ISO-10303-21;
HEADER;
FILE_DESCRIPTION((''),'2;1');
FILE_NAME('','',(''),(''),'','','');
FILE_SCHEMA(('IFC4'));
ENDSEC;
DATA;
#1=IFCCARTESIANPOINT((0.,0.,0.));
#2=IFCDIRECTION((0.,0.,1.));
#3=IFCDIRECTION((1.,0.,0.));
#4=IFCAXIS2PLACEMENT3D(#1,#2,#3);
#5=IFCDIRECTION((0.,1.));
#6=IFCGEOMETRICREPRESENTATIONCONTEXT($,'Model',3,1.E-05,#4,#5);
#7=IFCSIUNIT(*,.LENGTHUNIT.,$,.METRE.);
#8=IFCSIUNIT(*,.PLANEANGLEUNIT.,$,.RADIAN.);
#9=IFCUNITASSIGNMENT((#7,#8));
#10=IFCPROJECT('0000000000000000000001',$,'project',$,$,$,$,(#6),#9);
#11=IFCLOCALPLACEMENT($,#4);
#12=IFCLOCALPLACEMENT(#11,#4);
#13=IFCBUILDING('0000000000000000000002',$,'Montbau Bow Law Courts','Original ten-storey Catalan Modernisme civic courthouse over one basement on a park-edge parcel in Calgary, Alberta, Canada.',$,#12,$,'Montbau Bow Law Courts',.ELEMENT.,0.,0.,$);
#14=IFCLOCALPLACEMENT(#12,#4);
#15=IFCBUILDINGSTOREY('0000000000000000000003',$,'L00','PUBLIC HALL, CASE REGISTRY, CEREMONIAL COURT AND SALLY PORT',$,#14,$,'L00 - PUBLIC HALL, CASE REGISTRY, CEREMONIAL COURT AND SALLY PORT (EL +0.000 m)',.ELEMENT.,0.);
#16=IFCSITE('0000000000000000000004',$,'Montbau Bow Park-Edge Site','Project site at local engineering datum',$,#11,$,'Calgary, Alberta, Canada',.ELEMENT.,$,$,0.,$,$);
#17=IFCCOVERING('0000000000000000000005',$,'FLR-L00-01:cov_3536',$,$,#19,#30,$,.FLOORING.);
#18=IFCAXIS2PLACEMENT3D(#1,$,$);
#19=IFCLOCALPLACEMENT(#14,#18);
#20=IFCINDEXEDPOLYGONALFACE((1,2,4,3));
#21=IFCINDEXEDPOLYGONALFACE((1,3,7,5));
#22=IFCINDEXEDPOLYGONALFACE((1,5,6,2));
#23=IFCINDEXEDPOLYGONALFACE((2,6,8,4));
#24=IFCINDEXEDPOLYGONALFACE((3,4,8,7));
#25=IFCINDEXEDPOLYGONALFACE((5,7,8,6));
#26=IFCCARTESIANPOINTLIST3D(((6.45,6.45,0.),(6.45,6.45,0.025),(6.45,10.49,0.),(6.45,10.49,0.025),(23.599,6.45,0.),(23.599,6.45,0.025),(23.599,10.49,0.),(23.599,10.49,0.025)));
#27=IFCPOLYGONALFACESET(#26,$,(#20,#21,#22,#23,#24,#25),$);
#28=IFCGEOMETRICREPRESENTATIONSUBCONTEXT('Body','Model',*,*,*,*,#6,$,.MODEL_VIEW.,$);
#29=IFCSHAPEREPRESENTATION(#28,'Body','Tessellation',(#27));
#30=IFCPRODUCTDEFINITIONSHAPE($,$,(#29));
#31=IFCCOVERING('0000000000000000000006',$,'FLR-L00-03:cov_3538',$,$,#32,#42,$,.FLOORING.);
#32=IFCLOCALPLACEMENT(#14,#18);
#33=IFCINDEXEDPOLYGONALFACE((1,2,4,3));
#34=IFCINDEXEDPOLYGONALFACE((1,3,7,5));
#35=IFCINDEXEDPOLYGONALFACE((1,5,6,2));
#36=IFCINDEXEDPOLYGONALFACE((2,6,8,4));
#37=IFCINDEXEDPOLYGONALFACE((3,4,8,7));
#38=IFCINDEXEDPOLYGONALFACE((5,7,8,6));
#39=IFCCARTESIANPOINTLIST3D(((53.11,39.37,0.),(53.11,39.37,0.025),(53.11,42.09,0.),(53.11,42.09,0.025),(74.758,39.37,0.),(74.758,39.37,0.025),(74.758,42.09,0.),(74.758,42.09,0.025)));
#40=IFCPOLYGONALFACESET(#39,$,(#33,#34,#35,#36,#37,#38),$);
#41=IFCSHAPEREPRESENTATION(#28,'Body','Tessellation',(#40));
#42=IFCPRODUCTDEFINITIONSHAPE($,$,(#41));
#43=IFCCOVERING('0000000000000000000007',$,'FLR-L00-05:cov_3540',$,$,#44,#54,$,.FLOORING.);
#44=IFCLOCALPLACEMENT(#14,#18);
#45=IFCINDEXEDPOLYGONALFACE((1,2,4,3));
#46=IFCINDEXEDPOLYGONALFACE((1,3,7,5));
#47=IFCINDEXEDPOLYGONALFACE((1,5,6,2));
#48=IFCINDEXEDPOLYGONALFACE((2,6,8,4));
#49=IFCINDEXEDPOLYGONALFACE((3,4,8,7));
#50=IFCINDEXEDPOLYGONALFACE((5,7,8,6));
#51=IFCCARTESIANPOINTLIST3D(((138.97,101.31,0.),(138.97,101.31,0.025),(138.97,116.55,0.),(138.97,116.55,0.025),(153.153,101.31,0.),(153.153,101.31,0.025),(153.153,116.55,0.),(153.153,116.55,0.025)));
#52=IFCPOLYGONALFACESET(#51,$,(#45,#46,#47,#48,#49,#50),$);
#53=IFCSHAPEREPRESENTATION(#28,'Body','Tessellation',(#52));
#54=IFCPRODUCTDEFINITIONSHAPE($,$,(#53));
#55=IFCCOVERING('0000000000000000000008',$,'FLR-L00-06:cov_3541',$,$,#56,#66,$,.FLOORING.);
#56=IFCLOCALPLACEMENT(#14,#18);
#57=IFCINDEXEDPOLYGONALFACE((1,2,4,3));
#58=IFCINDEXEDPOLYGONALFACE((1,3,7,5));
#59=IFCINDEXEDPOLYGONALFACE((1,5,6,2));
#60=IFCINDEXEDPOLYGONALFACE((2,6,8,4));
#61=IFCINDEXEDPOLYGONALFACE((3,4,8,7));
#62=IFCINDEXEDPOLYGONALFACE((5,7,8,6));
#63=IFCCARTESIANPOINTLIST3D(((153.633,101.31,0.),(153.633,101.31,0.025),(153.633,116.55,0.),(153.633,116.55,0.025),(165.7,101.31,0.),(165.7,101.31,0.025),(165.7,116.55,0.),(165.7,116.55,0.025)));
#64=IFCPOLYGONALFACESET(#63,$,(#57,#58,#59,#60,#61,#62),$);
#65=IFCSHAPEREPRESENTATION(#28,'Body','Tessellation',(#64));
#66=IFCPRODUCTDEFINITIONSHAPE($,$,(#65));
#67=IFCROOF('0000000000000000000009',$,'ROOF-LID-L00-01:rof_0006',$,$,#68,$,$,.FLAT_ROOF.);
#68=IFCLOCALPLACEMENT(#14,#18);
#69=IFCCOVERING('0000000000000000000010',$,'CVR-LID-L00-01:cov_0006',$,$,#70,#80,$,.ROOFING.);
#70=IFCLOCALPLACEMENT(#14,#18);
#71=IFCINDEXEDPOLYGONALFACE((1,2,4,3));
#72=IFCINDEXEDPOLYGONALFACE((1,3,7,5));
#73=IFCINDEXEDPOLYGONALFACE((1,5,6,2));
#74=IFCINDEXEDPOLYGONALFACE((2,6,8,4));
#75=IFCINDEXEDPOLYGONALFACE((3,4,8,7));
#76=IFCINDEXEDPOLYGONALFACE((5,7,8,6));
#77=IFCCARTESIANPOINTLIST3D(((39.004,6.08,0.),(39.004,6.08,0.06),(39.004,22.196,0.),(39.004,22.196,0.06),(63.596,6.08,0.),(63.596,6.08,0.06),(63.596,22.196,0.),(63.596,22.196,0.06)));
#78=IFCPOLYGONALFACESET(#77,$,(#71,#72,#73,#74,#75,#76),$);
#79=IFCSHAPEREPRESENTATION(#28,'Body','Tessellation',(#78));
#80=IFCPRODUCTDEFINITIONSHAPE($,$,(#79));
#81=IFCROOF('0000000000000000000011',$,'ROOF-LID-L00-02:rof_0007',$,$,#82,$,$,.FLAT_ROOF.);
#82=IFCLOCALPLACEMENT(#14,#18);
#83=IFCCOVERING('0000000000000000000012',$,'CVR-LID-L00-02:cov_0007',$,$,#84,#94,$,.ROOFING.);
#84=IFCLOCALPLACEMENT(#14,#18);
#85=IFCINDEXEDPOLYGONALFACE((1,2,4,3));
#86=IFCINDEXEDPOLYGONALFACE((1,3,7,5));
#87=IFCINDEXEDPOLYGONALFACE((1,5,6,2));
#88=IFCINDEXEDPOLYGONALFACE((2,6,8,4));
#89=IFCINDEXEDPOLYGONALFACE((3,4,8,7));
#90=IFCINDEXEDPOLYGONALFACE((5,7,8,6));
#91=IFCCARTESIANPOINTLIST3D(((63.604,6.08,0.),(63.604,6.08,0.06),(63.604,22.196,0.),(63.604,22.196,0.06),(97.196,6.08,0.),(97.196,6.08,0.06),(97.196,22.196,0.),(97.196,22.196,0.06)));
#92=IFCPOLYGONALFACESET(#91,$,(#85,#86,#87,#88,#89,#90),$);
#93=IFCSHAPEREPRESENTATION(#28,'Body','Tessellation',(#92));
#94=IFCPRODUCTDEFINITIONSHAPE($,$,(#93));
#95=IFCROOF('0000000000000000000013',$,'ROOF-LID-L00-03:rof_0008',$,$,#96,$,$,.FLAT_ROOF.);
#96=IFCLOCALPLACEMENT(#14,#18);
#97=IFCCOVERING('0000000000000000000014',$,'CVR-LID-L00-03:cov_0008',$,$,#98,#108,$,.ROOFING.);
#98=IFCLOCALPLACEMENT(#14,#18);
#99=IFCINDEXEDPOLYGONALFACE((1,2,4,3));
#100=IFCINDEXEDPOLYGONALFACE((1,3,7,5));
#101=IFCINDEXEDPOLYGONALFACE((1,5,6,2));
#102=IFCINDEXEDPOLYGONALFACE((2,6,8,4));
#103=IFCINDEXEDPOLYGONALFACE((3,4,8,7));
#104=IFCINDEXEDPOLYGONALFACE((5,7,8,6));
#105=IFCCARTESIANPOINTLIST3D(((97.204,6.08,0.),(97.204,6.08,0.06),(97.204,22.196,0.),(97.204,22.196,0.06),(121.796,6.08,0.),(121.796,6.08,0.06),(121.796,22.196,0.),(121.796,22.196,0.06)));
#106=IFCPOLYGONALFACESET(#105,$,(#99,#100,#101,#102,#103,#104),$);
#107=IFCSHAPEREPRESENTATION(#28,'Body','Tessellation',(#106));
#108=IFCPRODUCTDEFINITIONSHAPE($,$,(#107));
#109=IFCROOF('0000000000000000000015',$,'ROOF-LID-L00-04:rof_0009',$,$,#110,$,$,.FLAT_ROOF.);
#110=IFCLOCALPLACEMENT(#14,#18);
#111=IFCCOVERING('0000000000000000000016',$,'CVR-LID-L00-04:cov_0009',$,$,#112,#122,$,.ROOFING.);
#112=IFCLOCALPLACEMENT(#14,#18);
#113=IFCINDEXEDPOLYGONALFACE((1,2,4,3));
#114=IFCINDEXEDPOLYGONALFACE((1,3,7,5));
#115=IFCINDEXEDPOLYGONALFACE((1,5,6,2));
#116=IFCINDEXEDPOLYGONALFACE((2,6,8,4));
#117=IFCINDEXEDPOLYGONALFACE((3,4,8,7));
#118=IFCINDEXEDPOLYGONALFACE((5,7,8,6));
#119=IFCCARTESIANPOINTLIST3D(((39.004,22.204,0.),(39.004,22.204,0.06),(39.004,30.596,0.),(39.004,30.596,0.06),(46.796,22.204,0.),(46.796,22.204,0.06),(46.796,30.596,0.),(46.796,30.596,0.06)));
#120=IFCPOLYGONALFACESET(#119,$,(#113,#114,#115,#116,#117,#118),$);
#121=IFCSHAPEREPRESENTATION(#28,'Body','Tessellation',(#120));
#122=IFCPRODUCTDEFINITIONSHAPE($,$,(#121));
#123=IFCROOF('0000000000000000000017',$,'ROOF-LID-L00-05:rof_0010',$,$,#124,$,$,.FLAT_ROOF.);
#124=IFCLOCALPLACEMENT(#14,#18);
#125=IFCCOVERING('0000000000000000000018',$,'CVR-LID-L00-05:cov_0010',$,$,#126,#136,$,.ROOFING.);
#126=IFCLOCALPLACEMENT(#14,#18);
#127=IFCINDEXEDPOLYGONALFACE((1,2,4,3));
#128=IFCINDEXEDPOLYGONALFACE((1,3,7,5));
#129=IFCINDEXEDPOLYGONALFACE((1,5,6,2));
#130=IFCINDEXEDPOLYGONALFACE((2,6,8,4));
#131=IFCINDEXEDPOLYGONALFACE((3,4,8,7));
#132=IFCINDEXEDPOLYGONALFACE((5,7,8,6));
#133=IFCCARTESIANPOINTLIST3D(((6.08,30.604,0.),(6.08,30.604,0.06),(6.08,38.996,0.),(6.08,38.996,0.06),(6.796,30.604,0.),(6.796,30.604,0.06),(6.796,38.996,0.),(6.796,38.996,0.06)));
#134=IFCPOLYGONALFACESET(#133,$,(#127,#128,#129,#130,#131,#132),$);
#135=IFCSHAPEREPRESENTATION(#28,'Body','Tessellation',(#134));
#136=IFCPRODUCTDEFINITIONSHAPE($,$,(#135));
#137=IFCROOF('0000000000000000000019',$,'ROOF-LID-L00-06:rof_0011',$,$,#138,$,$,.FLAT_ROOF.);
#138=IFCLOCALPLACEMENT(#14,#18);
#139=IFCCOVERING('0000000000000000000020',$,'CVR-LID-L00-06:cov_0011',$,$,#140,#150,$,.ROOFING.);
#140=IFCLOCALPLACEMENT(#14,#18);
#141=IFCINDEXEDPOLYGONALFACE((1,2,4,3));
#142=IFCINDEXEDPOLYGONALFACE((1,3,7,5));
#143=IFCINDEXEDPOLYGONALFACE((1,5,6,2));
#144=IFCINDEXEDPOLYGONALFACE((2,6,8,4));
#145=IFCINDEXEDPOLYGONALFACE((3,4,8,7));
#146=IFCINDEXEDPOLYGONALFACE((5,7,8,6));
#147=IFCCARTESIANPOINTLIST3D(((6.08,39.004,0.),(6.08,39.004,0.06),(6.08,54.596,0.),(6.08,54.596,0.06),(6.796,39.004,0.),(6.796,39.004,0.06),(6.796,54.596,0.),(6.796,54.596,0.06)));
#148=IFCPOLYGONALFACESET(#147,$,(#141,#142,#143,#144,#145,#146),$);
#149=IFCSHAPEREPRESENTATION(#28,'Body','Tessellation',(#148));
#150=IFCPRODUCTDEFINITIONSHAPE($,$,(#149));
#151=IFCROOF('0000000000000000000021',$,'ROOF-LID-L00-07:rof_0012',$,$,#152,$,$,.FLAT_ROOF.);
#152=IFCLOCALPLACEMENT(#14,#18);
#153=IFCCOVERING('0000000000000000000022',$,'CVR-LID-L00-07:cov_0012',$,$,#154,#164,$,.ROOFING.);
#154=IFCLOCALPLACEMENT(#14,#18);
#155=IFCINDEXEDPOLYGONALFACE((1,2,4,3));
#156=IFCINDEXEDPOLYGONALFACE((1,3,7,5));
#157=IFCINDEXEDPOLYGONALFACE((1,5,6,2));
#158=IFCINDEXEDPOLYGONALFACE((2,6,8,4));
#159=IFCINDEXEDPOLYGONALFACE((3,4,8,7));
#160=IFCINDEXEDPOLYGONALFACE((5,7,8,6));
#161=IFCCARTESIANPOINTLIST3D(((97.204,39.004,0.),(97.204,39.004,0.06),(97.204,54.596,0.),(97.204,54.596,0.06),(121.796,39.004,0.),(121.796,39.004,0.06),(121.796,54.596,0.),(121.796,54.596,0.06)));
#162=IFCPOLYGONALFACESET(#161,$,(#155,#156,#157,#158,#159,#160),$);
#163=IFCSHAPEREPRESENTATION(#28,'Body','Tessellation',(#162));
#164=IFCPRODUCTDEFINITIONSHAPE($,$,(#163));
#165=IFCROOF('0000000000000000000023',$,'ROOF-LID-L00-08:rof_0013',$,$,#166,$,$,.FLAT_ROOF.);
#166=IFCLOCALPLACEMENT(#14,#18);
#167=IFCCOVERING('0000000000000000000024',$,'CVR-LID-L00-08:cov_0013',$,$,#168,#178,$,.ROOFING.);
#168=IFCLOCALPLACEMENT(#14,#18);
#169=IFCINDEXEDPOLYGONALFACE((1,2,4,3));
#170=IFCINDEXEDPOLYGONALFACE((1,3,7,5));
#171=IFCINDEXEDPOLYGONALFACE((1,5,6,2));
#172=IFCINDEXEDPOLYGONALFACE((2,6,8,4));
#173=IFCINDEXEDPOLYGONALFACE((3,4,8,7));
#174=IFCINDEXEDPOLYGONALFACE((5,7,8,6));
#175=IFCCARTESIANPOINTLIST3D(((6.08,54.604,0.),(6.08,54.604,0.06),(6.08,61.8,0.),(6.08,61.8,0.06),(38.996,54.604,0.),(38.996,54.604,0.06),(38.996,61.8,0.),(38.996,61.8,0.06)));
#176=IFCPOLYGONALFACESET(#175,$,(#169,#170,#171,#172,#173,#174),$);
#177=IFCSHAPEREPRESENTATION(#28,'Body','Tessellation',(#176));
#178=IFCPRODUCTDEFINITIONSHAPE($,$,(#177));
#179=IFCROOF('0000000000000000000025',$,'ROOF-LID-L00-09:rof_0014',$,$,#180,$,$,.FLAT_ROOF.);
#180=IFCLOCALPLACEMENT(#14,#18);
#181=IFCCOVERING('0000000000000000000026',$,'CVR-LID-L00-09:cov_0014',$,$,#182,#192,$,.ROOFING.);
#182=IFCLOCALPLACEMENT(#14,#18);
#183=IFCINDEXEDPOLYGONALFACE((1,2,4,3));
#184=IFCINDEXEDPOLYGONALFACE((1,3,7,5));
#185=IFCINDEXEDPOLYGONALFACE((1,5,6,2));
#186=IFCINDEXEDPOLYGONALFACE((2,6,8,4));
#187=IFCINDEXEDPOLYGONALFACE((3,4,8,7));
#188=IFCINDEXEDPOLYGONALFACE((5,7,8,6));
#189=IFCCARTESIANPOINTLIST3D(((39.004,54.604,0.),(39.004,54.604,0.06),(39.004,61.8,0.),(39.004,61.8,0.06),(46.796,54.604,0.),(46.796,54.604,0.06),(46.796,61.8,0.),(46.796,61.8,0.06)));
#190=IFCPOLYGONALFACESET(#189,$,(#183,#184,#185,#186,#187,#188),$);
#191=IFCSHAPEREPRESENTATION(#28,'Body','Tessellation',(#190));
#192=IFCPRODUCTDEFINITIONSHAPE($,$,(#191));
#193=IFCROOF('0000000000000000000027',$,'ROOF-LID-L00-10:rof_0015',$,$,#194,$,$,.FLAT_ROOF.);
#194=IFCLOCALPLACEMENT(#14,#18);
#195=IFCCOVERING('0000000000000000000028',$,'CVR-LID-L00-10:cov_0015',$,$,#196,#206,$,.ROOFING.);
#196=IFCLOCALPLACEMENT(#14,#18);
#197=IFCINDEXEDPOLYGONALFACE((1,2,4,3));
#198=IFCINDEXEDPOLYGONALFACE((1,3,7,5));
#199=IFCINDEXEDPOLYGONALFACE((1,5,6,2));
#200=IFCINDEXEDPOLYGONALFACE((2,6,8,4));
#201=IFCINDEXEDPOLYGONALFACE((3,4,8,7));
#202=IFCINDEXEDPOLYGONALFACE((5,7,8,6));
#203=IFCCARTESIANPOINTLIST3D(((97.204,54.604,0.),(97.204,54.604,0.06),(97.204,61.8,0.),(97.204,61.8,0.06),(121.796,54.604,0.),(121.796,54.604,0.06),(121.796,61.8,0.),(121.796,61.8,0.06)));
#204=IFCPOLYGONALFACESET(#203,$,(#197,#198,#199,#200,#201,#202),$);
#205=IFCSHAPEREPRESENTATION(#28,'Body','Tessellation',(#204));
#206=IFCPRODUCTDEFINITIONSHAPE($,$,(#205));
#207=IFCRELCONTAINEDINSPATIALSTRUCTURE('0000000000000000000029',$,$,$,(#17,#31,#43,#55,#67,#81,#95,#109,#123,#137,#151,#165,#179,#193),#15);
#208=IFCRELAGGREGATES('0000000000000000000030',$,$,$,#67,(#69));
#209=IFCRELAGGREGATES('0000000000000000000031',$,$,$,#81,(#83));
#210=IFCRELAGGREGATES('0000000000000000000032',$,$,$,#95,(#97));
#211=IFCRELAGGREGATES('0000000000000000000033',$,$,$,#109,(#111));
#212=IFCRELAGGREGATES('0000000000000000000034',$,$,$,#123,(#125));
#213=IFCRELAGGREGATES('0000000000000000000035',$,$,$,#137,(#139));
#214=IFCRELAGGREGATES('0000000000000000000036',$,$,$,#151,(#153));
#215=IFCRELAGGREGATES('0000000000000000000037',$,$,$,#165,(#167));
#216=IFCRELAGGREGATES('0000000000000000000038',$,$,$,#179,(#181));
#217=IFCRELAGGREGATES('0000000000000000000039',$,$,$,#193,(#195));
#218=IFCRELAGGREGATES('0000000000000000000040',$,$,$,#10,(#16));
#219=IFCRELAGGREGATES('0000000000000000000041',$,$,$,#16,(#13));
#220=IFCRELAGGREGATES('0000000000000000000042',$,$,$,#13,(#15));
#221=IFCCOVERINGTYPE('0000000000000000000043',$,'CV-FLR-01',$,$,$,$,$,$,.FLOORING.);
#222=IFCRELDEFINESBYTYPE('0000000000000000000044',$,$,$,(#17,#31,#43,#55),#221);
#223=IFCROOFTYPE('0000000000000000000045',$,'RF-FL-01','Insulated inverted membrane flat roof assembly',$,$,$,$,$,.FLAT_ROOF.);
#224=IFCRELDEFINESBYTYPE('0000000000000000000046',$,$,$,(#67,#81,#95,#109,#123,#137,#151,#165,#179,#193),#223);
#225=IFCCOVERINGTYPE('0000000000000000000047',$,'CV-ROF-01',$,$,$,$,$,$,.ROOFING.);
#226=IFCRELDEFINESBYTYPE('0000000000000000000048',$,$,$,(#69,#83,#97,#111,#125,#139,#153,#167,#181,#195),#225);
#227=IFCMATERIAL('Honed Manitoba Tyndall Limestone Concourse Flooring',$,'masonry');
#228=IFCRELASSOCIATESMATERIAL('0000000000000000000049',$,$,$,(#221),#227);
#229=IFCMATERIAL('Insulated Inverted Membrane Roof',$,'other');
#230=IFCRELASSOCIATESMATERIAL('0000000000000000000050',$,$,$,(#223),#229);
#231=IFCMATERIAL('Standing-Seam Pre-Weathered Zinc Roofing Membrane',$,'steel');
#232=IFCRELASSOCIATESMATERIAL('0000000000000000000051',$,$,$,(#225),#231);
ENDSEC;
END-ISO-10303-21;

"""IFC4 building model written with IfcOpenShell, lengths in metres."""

from ifc_helpers import new_model, si_unit, direction, frame, origin_with_axes, place, context, subcontext, project, spatial, polyline, outline, extrude, material, type_object, element, aggregate, save


model = new_model("IFC4")

# Units and contexts
model_context = context("Model", 3, precision=1e-05, world=origin_with_axes(), true_north=direction((0.0, 1.0)))
body_context = subcontext(model_context, "Body", "Model", "MODEL_VIEW")
ifc_project = project(units=[si_unit("LENGTHUNIT", "METRE"), si_unit("PLANEANGLEUNIT", "RADIAN")], contexts=[model_context])

# Site, building, storey
site_placement = place(None, origin_with_axes())
site = spatial("IfcSite", under=ifc_project, at=site_placement, Name="Montbau Bow Park-Edge Site", Description="Project site at local engineering datum", LongName="Calgary, Alberta, Canada", CompositionType="ELEMENT", RefElevation=0.0)
building_placement = place(site_placement, origin_with_axes())
building = spatial("IfcBuilding", under=site, at=building_placement, Name="Montbau Bow Law Courts", Description="Original ten-storey Catalan Modernisme civic courthouse over one basement on a park-edge parcel in Calgary, Alberta, Canada.", LongName="Montbau Bow Law Courts", CompositionType="ELEMENT", ElevationOfRefHeight=0.0, ElevationOfTerrain=0.0)
storey_placement = place(building_placement, origin_with_axes())
storey = spatial("IfcBuildingStorey", under=building, at=storey_placement, Name="L00", Description="PUBLIC HALL, CASE REGISTRY, CEREMONIAL COURT AND SALLY PORT", LongName="L00 - PUBLIC HALL, CASE REGISTRY, CEREMONIAL COURT AND SALLY PORT (EL +0.000 m)", CompositionType="ELEMENT", Elevation=0.0)

# Coverings
ifc_material_1 = material(Name="Honed Manitoba Tyndall Limestone Concourse Flooring", Category="masonry")
covering_type_1 = type_object("IfcCoveringType", Name="CV-FLR-01", PredefinedType="FLOORING", material=ifc_material_1)
covering_1_placement = place(None, origin_with_axes())
element("IfcCovering", 1, at=covering_1_placement, inside=storey, type_object=covering_type_1, Name="FLR-L00-01:cov_3536", PredefinedType="FLOORING", context=body_context, shape_type="SweptSolid", body=[
    extrude(outline(polyline([(6.45, 6.45), (6.45, 10.49), (23.599, 10.49), (23.599, 6.45), (6.45, 6.45)])), origin_with_axes(), (0.0, 0.0, 1.0), 0.025),
])
covering_2_placement = place(None, origin_with_axes())
element("IfcCovering", 2, at=covering_2_placement, inside=storey, type_object=covering_type_1, Name="FLR-L00-03:cov_3538", PredefinedType="FLOORING", context=body_context, shape_type="SweptSolid", body=[
    extrude(outline(polyline([(53.11, 39.37), (53.11, 42.09), (74.758, 42.09), (74.758, 39.37), (53.11, 39.37)])), origin_with_axes(), (0.0, 0.0, 1.0), 0.025),
])
covering_3_placement = place(None, origin_with_axes())
element("IfcCovering", 3, at=covering_3_placement, inside=storey, type_object=covering_type_1, Name="FLR-L00-05:cov_3540", PredefinedType="FLOORING", context=body_context, shape_type="SweptSolid", body=[
    extrude(outline(polyline([(138.97, 116.55), (153.153, 116.55), (153.153, 101.31), (138.97, 101.31), (138.97, 116.55)])), origin_with_axes(), (0.0, 0.0, 1.0), 0.025),
])
covering_4_placement = place(None, origin_with_axes())
element("IfcCovering", 4, at=covering_4_placement, inside=storey, type_object=covering_type_1, Name="FLR-L00-06:cov_3541", PredefinedType="FLOORING", context=body_context, shape_type="SweptSolid", body=[
    extrude(outline(polyline([(153.633, 116.55), (165.7, 116.55), (165.7, 101.31), (153.633, 101.31), (153.633, 116.55)])), origin_with_axes(), (0.0, 0.0, 1.0), 0.025),
])

# Roofs, coverings
ifc_material_2 = material(Name="Insulated Inverted Membrane Roof", Category="other")
roof_type = type_object("IfcRoofType", Name="RF-FL-01", Description="Insulated inverted membrane flat roof assembly", PredefinedType="FLAT_ROOF", material=ifc_material_2)
roof_1_placement = place(None, frame((39.004, 6.08, 0.0), z_axis=(0.0, 0.0, 1.0), x_axis=(1.0, 0.0, 0.0)))
roof_1 = element("IfcRoof", 5, at=roof_1_placement, inside=storey, type_object=roof_type, Name="ROOF-LID-L00-01:rof_0006", PredefinedType="FLAT_ROOF")
ifc_material_3 = material(Name="Standing-Seam Pre-Weathered Zinc Roofing Membrane", Category="steel")
covering_type_2 = type_object("IfcCoveringType", Name="CV-ROF-01", PredefinedType="ROOFING", material=ifc_material_3)
covering_5_placement = place(None, origin_with_axes())
covering_5 = element("IfcCovering", 6, at=covering_5_placement, type_object=covering_type_2, Name="CVR-LID-L00-01:cov_0006", PredefinedType="ROOFING", context=body_context, shape_type="SweptSolid", body=[
    extrude(outline(polyline([(39.004, 22.196), (63.596, 22.196), (63.596, 6.08), (39.004, 6.08), (39.004, 22.196)])), origin_with_axes(), (0.0, 0.0, 1.0), 0.06),
])
aggregate(roof_1, [covering_5])
roof_2_placement = place(None, frame((63.604, 6.08, 0.0), z_axis=(0.0, 0.0, 1.0), x_axis=(1.0, 0.0, 0.0)))
roof_2 = element("IfcRoof", 7, at=roof_2_placement, inside=storey, type_object=roof_type, Name="ROOF-LID-L00-02:rof_0007", PredefinedType="FLAT_ROOF")
covering_6_placement = place(None, origin_with_axes())
covering_6 = element("IfcCovering", 8, at=covering_6_placement, type_object=covering_type_2, Name="CVR-LID-L00-02:cov_0007", PredefinedType="ROOFING", context=body_context, shape_type="SweptSolid", body=[
    extrude(outline(polyline([(63.604, 6.08), (63.604, 22.196), (97.196, 22.196), (97.196, 6.08), (63.604, 6.08)])), origin_with_axes(), (0.0, 0.0, 1.0), 0.06),
])
aggregate(roof_2, [covering_6])
roof_3_placement = place(None, frame((97.204, 6.08, 0.0), z_axis=(0.0, 0.0, 1.0), x_axis=(1.0, 0.0, 0.0)))
roof_3 = element("IfcRoof", 9, at=roof_3_placement, inside=storey, type_object=roof_type, Name="ROOF-LID-L00-03:rof_0008", PredefinedType="FLAT_ROOF")
covering_7_placement = place(None, origin_with_axes())
covering_7 = element("IfcCovering", 10, at=covering_7_placement, type_object=covering_type_2, Name="CVR-LID-L00-03:cov_0008", PredefinedType="ROOFING", context=body_context, shape_type="SweptSolid", body=[
    extrude(outline(polyline([(121.796, 6.08), (97.204, 6.08), (97.204, 22.196), (121.796, 22.196), (121.796, 6.08)])), origin_with_axes(), (0.0, 0.0, 1.0), 0.06),
])
aggregate(roof_3, [covering_7])
roof_4_placement = place(None, frame((39.004, 22.204, 0.0), z_axis=(0.0, 0.0, 1.0), x_axis=(1.0, 0.0, 0.0)))
roof_4 = element("IfcRoof", 11, at=roof_4_placement, inside=storey, type_object=roof_type, Name="ROOF-LID-L00-04:rof_0009", PredefinedType="FLAT_ROOF")
covering_8_placement = place(None, origin_with_axes())
covering_8 = element("IfcCovering", 12, at=covering_8_placement, type_object=covering_type_2, Name="CVR-LID-L00-04:cov_0009", PredefinedType="ROOFING", context=body_context, shape_type="SweptSolid", body=[
    extrude(outline(polyline([(39.004, 30.596), (46.796, 30.596), (46.796, 22.204), (39.004, 22.204), (39.004, 30.596)])), origin_with_axes(), (0.0, 0.0, 1.0), 0.06),
])
aggregate(roof_4, [covering_8])
roof_5_placement = place(None, frame((6.08, 30.604, 0.0), z_axis=(0.0, 0.0, 1.0), x_axis=(1.0, 0.0, 0.0)))
roof_5 = element("IfcRoof", 13, at=roof_5_placement, inside=storey, type_object=roof_type, Name="ROOF-LID-L00-05:rof_0010", PredefinedType="FLAT_ROOF")
covering_9_placement = place(None, origin_with_axes())
covering_9 = element("IfcCovering", 14, at=covering_9_placement, type_object=covering_type_2, Name="CVR-LID-L00-05:cov_0010", PredefinedType="ROOFING", context=body_context, shape_type="SweptSolid", body=[
    extrude(outline(polyline([(6.796, 30.604), (6.08, 30.604), (6.08, 38.996), (6.796, 38.996), (6.796, 30.604)])), origin_with_axes(), (0.0, 0.0, 1.0), 0.06),
])
aggregate(roof_5, [covering_9])
roof_6_placement = place(None, frame((6.08, 39.004, 0.0), z_axis=(0.0, 0.0, 1.0), x_axis=(1.0, 0.0, 0.0)))
roof_6 = element("IfcRoof", 15, at=roof_6_placement, inside=storey, type_object=roof_type, Name="ROOF-LID-L00-06:rof_0011", PredefinedType="FLAT_ROOF")
covering_10_placement = place(None, origin_with_axes())
covering_10 = element("IfcCovering", 16, at=covering_10_placement, type_object=covering_type_2, Name="CVR-LID-L00-06:cov_0011", PredefinedType="ROOFING", context=body_context, shape_type="SweptSolid", body=[
    extrude(outline(polyline([(6.796, 39.004), (6.08, 39.004), (6.08, 54.596), (6.796, 54.596), (6.796, 39.004)])), origin_with_axes(), (0.0, 0.0, 1.0), 0.06),
])
aggregate(roof_6, [covering_10])
roof_7_placement = place(None, frame((97.204, 39.004, 0.0), z_axis=(0.0, 0.0, 1.0), x_axis=(1.0, 0.0, 0.0)))
roof_7 = element("IfcRoof", 17, at=roof_7_placement, inside=storey, type_object=roof_type, Name="ROOF-LID-L00-07:rof_0012", PredefinedType="FLAT_ROOF")
covering_11_placement = place(None, origin_with_axes())
covering_11 = element("IfcCovering", 18, at=covering_11_placement, type_object=covering_type_2, Name="CVR-LID-L00-07:cov_0012", PredefinedType="ROOFING", context=body_context, shape_type="SweptSolid", body=[
    extrude(outline(polyline([(121.796, 39.004), (97.204, 39.004), (97.204, 54.596), (121.796, 54.596), (121.796, 39.004)])), origin_with_axes(), (0.0, 0.0, 1.0), 0.06),
])
aggregate(roof_7, [covering_11])
roof_8_placement = place(None, frame((6.08, 54.604, 0.0), z_axis=(0.0, 0.0, 1.0), x_axis=(1.0, 0.0, 0.0)))
roof_8 = element("IfcRoof", 19, at=roof_8_placement, inside=storey, type_object=roof_type, Name="ROOF-LID-L00-08:rof_0013", PredefinedType="FLAT_ROOF")
covering_12_placement = place(None, origin_with_axes())
covering_12 = element("IfcCovering", 20, at=covering_12_placement, type_object=covering_type_2, Name="CVR-LID-L00-08:cov_0013", PredefinedType="ROOFING", context=body_context, shape_type="SweptSolid", body=[
    extrude(outline(polyline([(38.996, 54.604), (6.08, 54.604), (6.08, 61.8), (38.996, 61.8), (38.996, 54.604)])), origin_with_axes(), (0.0, 0.0, 1.0), 0.06),
])
aggregate(roof_8, [covering_12])
roof_9_placement = place(None, frame((39.004, 54.604, 0.0), z_axis=(0.0, 0.0, 1.0), x_axis=(1.0, 0.0, 0.0)))
roof_9 = element("IfcRoof", 21, at=roof_9_placement, inside=storey, type_object=roof_type, Name="ROOF-LID-L00-09:rof_0014", PredefinedType="FLAT_ROOF")
covering_13_placement = place(None, origin_with_axes())
covering_13 = element("IfcCovering", 22, at=covering_13_placement, type_object=covering_type_2, Name="CVR-LID-L00-09:cov_0014", PredefinedType="ROOFING", context=body_context, shape_type="SweptSolid", body=[
    extrude(outline(polyline([(46.796, 61.8), (46.796, 54.604), (39.004, 54.604), (39.004, 61.8), (46.796, 61.8)])), origin_with_axes(), (0.0, 0.0, 1.0), 0.06),
])
aggregate(roof_9, [covering_13])
roof_10_placement = place(None, frame((97.204, 54.604, 0.0), z_axis=(0.0, 0.0, 1.0), x_axis=(1.0, 0.0, 0.0)))
roof_10 = element("IfcRoof", 23, at=roof_10_placement, inside=storey, type_object=roof_type, Name="ROOF-LID-L00-10:rof_0015", PredefinedType="FLAT_ROOF")
covering_14_placement = place(None, origin_with_axes())
covering_14 = element("IfcCovering", 24, at=covering_14_placement, type_object=covering_type_2, Name="CVR-LID-L00-10:cov_0015", PredefinedType="ROOFING", context=body_context, shape_type="SweptSolid", body=[
    extrude(outline(polyline([(121.796, 54.604), (97.204, 54.604), (97.204, 61.8), (121.796, 61.8), (121.796, 54.604)])), origin_with_axes(), (0.0, 0.0, 1.0), 0.06),
])
aggregate(roof_10, [covering_14])

save(model, "model.ifc")
